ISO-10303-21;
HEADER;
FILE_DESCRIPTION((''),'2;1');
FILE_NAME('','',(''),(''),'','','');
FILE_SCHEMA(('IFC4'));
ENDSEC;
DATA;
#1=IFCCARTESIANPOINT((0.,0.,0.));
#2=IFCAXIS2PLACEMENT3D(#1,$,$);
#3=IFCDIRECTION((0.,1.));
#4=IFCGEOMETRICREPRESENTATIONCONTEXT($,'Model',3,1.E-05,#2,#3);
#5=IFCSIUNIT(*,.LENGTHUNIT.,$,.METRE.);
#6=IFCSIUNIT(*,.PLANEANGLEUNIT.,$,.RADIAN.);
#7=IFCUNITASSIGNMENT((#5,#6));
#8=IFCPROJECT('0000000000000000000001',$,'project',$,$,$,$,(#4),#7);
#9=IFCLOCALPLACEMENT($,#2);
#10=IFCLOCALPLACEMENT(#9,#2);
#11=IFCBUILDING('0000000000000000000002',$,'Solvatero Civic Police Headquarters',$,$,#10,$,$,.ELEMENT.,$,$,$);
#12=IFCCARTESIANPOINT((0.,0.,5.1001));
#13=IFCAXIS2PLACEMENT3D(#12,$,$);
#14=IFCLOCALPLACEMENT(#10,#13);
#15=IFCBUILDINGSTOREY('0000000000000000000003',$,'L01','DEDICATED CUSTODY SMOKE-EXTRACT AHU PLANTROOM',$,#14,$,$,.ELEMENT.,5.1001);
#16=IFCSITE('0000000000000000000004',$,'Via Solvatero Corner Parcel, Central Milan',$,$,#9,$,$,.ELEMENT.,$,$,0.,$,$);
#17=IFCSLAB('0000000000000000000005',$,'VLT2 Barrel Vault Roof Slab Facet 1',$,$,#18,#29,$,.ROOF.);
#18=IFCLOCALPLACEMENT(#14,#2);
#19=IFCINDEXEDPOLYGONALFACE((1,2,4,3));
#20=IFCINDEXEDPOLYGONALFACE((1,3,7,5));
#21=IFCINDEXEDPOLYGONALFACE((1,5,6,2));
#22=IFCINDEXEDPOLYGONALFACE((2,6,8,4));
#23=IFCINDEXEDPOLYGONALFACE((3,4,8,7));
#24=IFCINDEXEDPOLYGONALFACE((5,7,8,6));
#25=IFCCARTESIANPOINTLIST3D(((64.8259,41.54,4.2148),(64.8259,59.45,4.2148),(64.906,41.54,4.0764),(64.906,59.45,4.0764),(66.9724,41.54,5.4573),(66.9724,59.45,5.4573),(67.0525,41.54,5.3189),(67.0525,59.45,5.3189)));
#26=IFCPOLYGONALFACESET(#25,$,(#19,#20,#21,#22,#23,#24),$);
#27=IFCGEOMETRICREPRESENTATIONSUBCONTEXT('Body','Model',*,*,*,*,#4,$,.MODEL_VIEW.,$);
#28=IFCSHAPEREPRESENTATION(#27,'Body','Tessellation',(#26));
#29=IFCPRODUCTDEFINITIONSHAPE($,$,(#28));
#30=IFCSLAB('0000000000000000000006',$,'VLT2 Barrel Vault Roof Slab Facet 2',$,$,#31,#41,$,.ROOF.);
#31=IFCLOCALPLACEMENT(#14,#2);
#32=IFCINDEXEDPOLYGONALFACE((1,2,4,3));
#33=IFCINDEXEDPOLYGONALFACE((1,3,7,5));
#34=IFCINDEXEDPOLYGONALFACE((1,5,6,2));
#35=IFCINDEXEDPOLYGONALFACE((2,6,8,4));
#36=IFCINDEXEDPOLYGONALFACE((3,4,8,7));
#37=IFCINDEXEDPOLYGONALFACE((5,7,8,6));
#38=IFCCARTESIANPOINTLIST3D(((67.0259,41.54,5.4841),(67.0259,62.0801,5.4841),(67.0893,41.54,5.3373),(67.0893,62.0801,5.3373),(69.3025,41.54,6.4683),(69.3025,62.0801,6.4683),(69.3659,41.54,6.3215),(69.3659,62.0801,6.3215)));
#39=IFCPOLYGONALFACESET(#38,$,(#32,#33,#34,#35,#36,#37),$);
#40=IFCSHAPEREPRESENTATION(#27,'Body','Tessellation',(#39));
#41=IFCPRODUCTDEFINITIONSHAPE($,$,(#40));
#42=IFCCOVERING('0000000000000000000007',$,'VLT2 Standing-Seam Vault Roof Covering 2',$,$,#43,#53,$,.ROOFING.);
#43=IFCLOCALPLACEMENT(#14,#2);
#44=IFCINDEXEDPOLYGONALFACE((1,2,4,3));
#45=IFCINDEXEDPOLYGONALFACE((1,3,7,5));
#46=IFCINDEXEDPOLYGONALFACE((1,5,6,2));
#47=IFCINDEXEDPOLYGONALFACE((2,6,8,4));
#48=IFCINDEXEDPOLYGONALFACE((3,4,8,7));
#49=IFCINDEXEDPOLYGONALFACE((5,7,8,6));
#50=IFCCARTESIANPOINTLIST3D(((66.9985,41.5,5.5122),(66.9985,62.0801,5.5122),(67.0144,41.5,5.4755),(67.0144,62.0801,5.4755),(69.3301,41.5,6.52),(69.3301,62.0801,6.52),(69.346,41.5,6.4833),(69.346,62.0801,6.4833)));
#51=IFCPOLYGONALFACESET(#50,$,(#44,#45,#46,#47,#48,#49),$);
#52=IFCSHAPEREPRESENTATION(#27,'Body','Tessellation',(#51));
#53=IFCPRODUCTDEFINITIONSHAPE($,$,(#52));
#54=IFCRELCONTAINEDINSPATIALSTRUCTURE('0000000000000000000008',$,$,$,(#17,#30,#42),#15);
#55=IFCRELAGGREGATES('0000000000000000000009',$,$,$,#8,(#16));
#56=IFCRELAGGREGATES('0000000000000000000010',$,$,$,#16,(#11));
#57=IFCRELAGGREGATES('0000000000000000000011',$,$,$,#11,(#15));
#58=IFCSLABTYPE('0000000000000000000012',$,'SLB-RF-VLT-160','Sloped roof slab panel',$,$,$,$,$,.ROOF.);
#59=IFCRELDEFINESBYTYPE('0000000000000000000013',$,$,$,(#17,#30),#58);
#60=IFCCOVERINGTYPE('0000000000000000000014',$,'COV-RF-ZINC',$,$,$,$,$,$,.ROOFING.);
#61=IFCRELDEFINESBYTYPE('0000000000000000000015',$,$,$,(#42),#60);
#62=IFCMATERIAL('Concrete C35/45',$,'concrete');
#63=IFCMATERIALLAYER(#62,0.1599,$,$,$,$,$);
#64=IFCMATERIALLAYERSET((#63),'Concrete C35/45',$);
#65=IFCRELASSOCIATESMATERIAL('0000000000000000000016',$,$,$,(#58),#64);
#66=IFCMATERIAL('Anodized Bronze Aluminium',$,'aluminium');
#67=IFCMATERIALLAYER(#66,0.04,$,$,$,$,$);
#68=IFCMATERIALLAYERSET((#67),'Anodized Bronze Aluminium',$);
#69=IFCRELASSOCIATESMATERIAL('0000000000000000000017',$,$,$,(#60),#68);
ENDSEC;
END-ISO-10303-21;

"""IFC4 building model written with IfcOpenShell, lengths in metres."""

from ifc_helpers import new_model, si_unit, direction, frame, origin, place, context, subcontext, project, spatial, polyline, outline, extrude, material, layer, layer_set, type_object, element, save


model = new_model("IFC4")

# Units and contexts
model_context = context("Model", 3, precision=1e-05, world=origin(), true_north=direction((0.0, 1.0)))
body_context = subcontext(model_context, "Body", "Model", "MODEL_VIEW")
ifc_project = project(units=[si_unit("LENGTHUNIT", "METRE"), si_unit("PLANEANGLEUNIT", "RADIAN")], contexts=[model_context])

# Site, building, storey
site_placement = place(None, origin())
site = spatial("IfcSite", under=ifc_project, at=site_placement, Name="Via Solvatero Corner Parcel, Central Milan", CompositionType="ELEMENT", RefElevation=0.0)
building_placement = place(site_placement, origin())
building = spatial("IfcBuilding", under=site, at=building_placement, Name="Solvatero Civic Police Headquarters", CompositionType="ELEMENT")
storey_placement = place(building_placement, frame((0.0, 0.0, 5.1001)))
storey = spatial("IfcBuildingStorey", under=building, at=storey_placement, Name="L01", Description="DEDICATED CUSTODY SMOKE-EXTRACT AHU PLANTROOM", CompositionType="ELEMENT", Elevation=5.1001)

# Shared definitions
ifc_material_1 = material(Name="Anodized Bronze Aluminium", Category="aluminium")

# Slabs
ifc_material_2 = material(Name="Concrete C35/45", Category="concrete")
ifc_layer_1 = layer(ifc_material_2, 0.1599)
ifc_layer_set_1 = layer_set([ifc_layer_1], Name="Concrete C35/45")
slab_type = type_object("IfcSlabType", Name="SLB-RF-VLT-160", Description="Sloped roof slab panel", PredefinedType="ROOF", material=ifc_layer_set_1)
slab_1_placement = place(storey_placement, frame((64.8259, 41.54, 4.2148), z_axis=(-0.500955, 0.0, 0.865473), x_axis=(0.865473, 0.0, 0.500955)))
element("IfcSlab", 1, at=slab_1_placement, inside=storey, type_object=slab_type, Name="VLT2 Barrel Vault Roof Slab Facet 1", PredefinedType="ROOF", context=body_context, shape_type="SweptSolid", body=[
    extrude(outline(polyline([(0.0, 0.0), (2.4801, 0.0), (2.4801, 17.9099), (0.0, 17.9099), (0.0, 0.0)])), origin(), (0.0, 0.0, -1.0), 0.1599),
])
slab_2_placement = place(storey_placement, frame((67.0259, 41.54, 5.4841), z_axis=(-0.396792, 0.0, 0.917908), x_axis=(0.917908, 0.0, 0.396792)))
element("IfcSlab", 2, at=slab_2_placement, inside=storey, type_object=slab_type, Name="VLT2 Barrel Vault Roof Slab Facet 2", PredefinedType="ROOF", context=body_context, shape_type="SweptSolid", body=[
    extrude(outline(polyline([(0.0, 0.0), (2.4802, 0.0), (2.4802, 20.54), (0.0, 20.54), (0.0, 0.0)])), origin(), (0.0, 0.0, -1.0), 0.1599),
])

# Covering
ifc_layer_2 = layer(ifc_material_1, 0.04)
ifc_layer_set_2 = layer_set([ifc_layer_2], Name="Anodized Bronze Aluminium")
covering_type = type_object("IfcCoveringType", Name="COV-RF-ZINC", PredefinedType="ROOFING", material=ifc_layer_set_2)
covering_placement = place(storey_placement, frame((66.9985, 41.5, 5.5122), z_axis=(-0.396771, 0.0, 0.917918), x_axis=(0.917918, 0.0, 0.396771)))
element("IfcCovering", 3, at=covering_placement, inside=storey, type_object=covering_type, Name="VLT2 Standing-Seam Vault Roof Covering 2", PredefinedType="ROOFING", context=body_context, shape_type="SweptSolid", body=[
    extrude(outline(polyline([(0.0, 0.0), (2.54, 0.0), (2.54, 20.5801), (0.0, 20.5801), (0.0, 0.0)])), origin(), (0.0, 0.0, -1.0), 0.04),
])

save(model, "model.ifc")
